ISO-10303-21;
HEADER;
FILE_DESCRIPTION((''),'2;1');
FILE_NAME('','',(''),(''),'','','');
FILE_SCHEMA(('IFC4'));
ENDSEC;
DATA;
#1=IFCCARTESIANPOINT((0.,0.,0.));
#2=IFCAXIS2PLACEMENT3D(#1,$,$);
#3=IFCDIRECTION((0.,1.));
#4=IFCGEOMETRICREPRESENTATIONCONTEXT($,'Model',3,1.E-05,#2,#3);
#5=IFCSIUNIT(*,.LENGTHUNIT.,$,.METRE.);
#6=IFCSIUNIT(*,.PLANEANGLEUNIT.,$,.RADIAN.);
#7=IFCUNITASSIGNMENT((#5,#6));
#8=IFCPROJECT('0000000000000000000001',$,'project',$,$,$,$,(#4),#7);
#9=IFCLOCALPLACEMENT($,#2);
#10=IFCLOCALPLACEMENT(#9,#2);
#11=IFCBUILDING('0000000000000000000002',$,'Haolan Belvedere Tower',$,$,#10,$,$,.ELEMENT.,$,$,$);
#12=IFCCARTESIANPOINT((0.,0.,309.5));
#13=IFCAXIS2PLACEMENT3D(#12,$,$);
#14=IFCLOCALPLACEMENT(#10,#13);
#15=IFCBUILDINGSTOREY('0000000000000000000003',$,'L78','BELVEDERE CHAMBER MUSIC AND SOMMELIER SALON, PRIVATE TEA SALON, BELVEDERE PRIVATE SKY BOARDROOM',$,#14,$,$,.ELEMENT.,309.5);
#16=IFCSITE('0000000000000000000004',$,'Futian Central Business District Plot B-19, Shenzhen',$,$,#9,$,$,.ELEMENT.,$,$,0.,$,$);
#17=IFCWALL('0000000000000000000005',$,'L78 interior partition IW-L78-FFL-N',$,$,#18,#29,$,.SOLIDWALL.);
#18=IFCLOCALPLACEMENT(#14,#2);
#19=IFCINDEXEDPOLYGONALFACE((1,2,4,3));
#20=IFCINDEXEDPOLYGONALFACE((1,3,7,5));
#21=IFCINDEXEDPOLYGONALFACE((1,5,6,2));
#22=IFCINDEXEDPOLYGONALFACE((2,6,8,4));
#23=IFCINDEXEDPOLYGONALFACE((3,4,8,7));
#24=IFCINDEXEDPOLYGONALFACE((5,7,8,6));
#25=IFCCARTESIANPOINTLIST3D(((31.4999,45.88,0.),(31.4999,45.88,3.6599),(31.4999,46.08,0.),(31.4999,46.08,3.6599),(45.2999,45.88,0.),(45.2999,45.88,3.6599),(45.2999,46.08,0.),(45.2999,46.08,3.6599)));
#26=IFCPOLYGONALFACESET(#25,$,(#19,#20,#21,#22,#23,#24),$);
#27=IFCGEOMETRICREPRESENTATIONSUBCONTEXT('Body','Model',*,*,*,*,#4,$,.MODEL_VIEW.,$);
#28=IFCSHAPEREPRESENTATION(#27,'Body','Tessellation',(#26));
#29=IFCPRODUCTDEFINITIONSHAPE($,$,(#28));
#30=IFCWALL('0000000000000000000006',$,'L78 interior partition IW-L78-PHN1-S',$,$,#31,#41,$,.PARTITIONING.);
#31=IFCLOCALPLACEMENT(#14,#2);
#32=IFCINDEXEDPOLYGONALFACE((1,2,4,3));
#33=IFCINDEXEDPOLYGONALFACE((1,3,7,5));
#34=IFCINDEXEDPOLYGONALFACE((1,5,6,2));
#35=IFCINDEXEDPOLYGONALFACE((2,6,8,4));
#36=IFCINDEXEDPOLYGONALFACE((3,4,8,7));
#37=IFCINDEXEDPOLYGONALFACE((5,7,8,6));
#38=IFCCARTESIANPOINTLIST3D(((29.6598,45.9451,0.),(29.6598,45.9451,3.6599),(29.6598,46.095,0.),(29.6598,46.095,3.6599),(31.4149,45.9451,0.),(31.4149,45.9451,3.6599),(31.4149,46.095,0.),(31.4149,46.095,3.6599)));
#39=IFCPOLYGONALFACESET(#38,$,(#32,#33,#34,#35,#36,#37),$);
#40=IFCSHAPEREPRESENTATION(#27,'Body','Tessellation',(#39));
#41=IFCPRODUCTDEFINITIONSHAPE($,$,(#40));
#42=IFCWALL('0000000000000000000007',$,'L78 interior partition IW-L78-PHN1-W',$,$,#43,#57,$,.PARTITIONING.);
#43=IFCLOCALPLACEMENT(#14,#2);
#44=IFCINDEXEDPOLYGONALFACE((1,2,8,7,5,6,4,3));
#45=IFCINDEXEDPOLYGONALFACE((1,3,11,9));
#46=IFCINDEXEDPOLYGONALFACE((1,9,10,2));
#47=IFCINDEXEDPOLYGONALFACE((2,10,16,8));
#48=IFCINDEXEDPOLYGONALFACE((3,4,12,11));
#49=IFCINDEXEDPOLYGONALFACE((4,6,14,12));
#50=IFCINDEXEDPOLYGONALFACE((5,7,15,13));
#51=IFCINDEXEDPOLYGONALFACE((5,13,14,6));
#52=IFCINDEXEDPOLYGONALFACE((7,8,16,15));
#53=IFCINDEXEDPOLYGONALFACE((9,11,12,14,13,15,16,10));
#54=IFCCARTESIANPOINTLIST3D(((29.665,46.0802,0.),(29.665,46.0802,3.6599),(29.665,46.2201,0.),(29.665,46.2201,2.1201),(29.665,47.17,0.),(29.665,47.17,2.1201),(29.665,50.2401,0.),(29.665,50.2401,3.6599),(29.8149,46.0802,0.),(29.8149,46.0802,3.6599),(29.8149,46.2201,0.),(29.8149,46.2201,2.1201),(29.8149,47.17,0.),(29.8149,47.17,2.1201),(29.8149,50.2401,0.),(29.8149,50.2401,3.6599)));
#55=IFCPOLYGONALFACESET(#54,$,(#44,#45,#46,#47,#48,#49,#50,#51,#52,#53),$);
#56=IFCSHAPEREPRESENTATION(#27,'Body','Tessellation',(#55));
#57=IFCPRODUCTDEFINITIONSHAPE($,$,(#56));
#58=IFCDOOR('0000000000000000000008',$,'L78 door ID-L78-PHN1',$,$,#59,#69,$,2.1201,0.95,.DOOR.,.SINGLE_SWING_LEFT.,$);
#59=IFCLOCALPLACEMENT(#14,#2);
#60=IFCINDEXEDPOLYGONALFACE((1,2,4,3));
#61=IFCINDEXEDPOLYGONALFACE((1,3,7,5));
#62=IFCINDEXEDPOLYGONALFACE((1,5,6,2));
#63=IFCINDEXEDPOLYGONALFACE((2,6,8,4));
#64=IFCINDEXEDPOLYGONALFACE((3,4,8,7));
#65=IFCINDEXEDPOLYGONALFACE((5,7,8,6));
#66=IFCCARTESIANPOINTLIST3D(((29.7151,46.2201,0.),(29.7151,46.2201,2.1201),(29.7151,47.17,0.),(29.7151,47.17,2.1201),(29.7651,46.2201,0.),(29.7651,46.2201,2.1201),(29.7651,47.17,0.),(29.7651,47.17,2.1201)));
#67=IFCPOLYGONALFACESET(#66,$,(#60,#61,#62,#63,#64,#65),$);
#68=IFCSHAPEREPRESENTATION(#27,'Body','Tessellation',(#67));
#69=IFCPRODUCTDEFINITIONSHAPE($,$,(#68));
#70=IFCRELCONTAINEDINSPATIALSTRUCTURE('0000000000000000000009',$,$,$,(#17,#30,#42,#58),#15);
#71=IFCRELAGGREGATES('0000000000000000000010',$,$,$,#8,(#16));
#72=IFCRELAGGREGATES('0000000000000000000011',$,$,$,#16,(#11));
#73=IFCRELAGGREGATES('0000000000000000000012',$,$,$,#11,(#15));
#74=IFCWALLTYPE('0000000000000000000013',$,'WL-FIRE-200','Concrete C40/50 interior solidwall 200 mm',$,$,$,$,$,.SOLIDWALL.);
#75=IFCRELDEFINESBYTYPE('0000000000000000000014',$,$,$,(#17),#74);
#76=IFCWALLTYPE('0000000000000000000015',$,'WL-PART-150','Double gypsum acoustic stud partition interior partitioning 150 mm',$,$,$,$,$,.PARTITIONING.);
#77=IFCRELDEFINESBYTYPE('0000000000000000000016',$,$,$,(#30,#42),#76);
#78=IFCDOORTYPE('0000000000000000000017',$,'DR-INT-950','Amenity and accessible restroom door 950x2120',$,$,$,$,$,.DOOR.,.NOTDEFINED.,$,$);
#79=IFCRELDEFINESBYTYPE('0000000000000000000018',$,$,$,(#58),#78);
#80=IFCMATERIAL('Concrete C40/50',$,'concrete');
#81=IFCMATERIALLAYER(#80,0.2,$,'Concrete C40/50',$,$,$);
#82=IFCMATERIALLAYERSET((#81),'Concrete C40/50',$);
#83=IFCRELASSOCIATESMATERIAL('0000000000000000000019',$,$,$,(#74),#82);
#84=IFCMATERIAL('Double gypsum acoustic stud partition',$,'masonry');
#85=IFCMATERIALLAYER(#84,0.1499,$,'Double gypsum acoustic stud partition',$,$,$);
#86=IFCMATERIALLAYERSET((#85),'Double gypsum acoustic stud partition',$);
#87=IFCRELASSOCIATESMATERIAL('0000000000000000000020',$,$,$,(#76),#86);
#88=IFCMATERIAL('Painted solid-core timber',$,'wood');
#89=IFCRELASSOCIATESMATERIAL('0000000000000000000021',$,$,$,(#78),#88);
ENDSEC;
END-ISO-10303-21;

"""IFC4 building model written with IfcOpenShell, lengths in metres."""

from ifc_helpers import new_model, si_unit, direction, frame, frame_2d, origin, place, context, subcontext, project, spatial, rectangle, extrude, material, layer, layer_set, type_object, element, fill, save


model = new_model("IFC4")

# Units and contexts
model_context = context("Model", 3, precision=1e-05, world=origin(), true_north=direction((0.0, 1.0)))
body_context = subcontext(model_context, "Body", "Model", "MODEL_VIEW")
ifc_project = project(units=[si_unit("LENGTHUNIT", "METRE"), si_unit("PLANEANGLEUNIT", "RADIAN")], contexts=[model_context])

# Site, building, storey
site_placement = place(None, origin())
site = spatial("IfcSite", under=ifc_project, at=site_placement, Name="Futian Central Business District Plot B-19, Shenzhen", CompositionType="ELEMENT", RefElevation=0.0)
building_placement = place(site_placement, origin())
building = spatial("IfcBuilding", under=site, at=building_placement, Name="Haolan Belvedere Tower", CompositionType="ELEMENT")
storey_placement = place(building_placement, frame((0.0, 0.0, 309.5)))
storey = spatial("IfcBuildingStorey", under=building, at=storey_placement, Name="L78", Description="BELVEDERE CHAMBER MUSIC AND SOMMELIER SALON, PRIVATE TEA SALON, BELVEDERE PRIVATE SKY BOARDROOM", CompositionType="ELEMENT", Elevation=309.5)

# Wall
ifc_material_1 = material(Name="Concrete C40/50", Category="concrete")
ifc_layer_1 = layer(ifc_material_1, 0.2, Name="Concrete C40/50")
ifc_layer_set_1 = layer_set([ifc_layer_1], Name="Concrete C40/50")
wall_type_1 = type_object("IfcWallType", Name="WL-FIRE-200", Description="Concrete C40/50 interior solidwall 200 mm", PredefinedType="SOLIDWALL", material=ifc_layer_set_1)
wall_1_placement = place(storey_placement, frame((31.5, 45.98, 0.0), z_axis=(0.0, 0.0, 1.0), x_axis=(1.0, 0.0, 0.0)))
element("IfcWall", 1, at=wall_1_placement, inside=storey, type_object=wall_type_1, Name="L78 interior partition IW-L78-FFL-N", PredefinedType="SOLIDWALL", context=body_context, shape_type="SweptSolid", body=[
    extrude(rectangle(XDim=13.8, YDim=0.2, at=frame_2d((6.8999, 0.0))), origin(), (0.0, 0.0, 1.0), 3.6599),
])

# Shared definitions
ifc_material_2 = material(Name="Double gypsum acoustic stud partition", Category="masonry")
ifc_layer_2 = layer(ifc_material_2, 0.1499, Name="Double gypsum acoustic stud partition")
ifc_layer_set_2 = layer_set([ifc_layer_2], Name="Double gypsum acoustic stud partition")
wall_type_2 = type_object("IfcWallType", Name="WL-PART-150", Description="Double gypsum acoustic stud partition interior partitioning 150 mm", PredefinedType="PARTITIONING", material=ifc_layer_set_2)
ifc_material_3 = material(Name="Painted solid-core timber", Category="wood")
door_type_1 = type_object("IfcDoorType", Name="DR-INT-950", Description="Amenity and accessible restroom door 950x2120", OperationType="NOTDEFINED", PredefinedType="DOOR", material=ifc_material_3)

# Wall
wall_2_placement = place(storey_placement, frame((29.6599, 46.02, 0.0), z_axis=(0.0, 0.0, 1.0), x_axis=(1.0, 0.0, 0.0)))
element("IfcWall", 2, at=wall_2_placement, inside=storey, type_object=wall_type_2, Name="L78 interior partition IW-L78-PHN1-S", PredefinedType="PARTITIONING", context=body_context, shape_type="SweptSolid", body=[
    extrude(rectangle(XDim=1.7551, YDim=0.1499, at=frame_2d((0.8774, 0.0))), origin(), (0.0, 0.0, 1.0), 3.6599),
])

# Wall, opening, door
wall_3_placement = place(storey_placement, frame((29.74, 46.0801, 0.0), z_axis=(0.0, 0.0, 1.0), x_axis=(0.0, 1.0, 0.0)))
wall_3 = element("IfcWall", 3, at=wall_3_placement, inside=storey, type_object=wall_type_2, Name="L78 interior partition IW-L78-PHN1-W", PredefinedType="PARTITIONING", context=body_context, shape_type="SweptSolid", body=[
    extrude(rectangle(XDim=4.1599, YDim=0.1499, at=frame_2d((2.0801, 0.0))), origin(), (0.0, 0.0, 1.0), 3.6599),
])
opening_1_placement = place(wall_3_placement, frame((0.1399, 0.0, 0.0)))
opening_1 = element("IfcOpeningElement", 4, at=opening_1_placement, cuts=wall_3, PredefinedType="OPENING", context=body_context, shape_type="SweptSolid", body=[
    extrude(rectangle(XDim=0.95, YDim=2.1201, at=frame_2d((0.4751, 1.0601))), frame((0.0, 0.085, 0.0), z_axis=(0.0, -1.0, 0.0), x_axis=(1.0, 0.0, 0.0)), (0.0, 0.0, 1.0), 0.1699),
])
door_1_placement = place(opening_1_placement, origin())
door_1 = element("IfcDoor", 5, at=door_1_placement, inside=storey, type_object=door_type_1, Name="L78 door ID-L78-PHN1", OperationType="SINGLE_SWING_LEFT", OverallHeight=2.1201, OverallWidth=0.95, PredefinedType="DOOR", context=body_context, shape_type="SweptSolid", body=[
    extrude(rectangle(XDim=0.95, YDim=2.1201, at=frame_2d((0.4751, 1.0601))), frame((0.0, 0.0249, 0.0), z_axis=(0.0, -1.0, 0.0), x_axis=(1.0, 0.0, 0.0)), (0.0, 0.0, 1.0), 0.05),
])
fill(opening_1, door_1)

save(model, "model.ifc")
